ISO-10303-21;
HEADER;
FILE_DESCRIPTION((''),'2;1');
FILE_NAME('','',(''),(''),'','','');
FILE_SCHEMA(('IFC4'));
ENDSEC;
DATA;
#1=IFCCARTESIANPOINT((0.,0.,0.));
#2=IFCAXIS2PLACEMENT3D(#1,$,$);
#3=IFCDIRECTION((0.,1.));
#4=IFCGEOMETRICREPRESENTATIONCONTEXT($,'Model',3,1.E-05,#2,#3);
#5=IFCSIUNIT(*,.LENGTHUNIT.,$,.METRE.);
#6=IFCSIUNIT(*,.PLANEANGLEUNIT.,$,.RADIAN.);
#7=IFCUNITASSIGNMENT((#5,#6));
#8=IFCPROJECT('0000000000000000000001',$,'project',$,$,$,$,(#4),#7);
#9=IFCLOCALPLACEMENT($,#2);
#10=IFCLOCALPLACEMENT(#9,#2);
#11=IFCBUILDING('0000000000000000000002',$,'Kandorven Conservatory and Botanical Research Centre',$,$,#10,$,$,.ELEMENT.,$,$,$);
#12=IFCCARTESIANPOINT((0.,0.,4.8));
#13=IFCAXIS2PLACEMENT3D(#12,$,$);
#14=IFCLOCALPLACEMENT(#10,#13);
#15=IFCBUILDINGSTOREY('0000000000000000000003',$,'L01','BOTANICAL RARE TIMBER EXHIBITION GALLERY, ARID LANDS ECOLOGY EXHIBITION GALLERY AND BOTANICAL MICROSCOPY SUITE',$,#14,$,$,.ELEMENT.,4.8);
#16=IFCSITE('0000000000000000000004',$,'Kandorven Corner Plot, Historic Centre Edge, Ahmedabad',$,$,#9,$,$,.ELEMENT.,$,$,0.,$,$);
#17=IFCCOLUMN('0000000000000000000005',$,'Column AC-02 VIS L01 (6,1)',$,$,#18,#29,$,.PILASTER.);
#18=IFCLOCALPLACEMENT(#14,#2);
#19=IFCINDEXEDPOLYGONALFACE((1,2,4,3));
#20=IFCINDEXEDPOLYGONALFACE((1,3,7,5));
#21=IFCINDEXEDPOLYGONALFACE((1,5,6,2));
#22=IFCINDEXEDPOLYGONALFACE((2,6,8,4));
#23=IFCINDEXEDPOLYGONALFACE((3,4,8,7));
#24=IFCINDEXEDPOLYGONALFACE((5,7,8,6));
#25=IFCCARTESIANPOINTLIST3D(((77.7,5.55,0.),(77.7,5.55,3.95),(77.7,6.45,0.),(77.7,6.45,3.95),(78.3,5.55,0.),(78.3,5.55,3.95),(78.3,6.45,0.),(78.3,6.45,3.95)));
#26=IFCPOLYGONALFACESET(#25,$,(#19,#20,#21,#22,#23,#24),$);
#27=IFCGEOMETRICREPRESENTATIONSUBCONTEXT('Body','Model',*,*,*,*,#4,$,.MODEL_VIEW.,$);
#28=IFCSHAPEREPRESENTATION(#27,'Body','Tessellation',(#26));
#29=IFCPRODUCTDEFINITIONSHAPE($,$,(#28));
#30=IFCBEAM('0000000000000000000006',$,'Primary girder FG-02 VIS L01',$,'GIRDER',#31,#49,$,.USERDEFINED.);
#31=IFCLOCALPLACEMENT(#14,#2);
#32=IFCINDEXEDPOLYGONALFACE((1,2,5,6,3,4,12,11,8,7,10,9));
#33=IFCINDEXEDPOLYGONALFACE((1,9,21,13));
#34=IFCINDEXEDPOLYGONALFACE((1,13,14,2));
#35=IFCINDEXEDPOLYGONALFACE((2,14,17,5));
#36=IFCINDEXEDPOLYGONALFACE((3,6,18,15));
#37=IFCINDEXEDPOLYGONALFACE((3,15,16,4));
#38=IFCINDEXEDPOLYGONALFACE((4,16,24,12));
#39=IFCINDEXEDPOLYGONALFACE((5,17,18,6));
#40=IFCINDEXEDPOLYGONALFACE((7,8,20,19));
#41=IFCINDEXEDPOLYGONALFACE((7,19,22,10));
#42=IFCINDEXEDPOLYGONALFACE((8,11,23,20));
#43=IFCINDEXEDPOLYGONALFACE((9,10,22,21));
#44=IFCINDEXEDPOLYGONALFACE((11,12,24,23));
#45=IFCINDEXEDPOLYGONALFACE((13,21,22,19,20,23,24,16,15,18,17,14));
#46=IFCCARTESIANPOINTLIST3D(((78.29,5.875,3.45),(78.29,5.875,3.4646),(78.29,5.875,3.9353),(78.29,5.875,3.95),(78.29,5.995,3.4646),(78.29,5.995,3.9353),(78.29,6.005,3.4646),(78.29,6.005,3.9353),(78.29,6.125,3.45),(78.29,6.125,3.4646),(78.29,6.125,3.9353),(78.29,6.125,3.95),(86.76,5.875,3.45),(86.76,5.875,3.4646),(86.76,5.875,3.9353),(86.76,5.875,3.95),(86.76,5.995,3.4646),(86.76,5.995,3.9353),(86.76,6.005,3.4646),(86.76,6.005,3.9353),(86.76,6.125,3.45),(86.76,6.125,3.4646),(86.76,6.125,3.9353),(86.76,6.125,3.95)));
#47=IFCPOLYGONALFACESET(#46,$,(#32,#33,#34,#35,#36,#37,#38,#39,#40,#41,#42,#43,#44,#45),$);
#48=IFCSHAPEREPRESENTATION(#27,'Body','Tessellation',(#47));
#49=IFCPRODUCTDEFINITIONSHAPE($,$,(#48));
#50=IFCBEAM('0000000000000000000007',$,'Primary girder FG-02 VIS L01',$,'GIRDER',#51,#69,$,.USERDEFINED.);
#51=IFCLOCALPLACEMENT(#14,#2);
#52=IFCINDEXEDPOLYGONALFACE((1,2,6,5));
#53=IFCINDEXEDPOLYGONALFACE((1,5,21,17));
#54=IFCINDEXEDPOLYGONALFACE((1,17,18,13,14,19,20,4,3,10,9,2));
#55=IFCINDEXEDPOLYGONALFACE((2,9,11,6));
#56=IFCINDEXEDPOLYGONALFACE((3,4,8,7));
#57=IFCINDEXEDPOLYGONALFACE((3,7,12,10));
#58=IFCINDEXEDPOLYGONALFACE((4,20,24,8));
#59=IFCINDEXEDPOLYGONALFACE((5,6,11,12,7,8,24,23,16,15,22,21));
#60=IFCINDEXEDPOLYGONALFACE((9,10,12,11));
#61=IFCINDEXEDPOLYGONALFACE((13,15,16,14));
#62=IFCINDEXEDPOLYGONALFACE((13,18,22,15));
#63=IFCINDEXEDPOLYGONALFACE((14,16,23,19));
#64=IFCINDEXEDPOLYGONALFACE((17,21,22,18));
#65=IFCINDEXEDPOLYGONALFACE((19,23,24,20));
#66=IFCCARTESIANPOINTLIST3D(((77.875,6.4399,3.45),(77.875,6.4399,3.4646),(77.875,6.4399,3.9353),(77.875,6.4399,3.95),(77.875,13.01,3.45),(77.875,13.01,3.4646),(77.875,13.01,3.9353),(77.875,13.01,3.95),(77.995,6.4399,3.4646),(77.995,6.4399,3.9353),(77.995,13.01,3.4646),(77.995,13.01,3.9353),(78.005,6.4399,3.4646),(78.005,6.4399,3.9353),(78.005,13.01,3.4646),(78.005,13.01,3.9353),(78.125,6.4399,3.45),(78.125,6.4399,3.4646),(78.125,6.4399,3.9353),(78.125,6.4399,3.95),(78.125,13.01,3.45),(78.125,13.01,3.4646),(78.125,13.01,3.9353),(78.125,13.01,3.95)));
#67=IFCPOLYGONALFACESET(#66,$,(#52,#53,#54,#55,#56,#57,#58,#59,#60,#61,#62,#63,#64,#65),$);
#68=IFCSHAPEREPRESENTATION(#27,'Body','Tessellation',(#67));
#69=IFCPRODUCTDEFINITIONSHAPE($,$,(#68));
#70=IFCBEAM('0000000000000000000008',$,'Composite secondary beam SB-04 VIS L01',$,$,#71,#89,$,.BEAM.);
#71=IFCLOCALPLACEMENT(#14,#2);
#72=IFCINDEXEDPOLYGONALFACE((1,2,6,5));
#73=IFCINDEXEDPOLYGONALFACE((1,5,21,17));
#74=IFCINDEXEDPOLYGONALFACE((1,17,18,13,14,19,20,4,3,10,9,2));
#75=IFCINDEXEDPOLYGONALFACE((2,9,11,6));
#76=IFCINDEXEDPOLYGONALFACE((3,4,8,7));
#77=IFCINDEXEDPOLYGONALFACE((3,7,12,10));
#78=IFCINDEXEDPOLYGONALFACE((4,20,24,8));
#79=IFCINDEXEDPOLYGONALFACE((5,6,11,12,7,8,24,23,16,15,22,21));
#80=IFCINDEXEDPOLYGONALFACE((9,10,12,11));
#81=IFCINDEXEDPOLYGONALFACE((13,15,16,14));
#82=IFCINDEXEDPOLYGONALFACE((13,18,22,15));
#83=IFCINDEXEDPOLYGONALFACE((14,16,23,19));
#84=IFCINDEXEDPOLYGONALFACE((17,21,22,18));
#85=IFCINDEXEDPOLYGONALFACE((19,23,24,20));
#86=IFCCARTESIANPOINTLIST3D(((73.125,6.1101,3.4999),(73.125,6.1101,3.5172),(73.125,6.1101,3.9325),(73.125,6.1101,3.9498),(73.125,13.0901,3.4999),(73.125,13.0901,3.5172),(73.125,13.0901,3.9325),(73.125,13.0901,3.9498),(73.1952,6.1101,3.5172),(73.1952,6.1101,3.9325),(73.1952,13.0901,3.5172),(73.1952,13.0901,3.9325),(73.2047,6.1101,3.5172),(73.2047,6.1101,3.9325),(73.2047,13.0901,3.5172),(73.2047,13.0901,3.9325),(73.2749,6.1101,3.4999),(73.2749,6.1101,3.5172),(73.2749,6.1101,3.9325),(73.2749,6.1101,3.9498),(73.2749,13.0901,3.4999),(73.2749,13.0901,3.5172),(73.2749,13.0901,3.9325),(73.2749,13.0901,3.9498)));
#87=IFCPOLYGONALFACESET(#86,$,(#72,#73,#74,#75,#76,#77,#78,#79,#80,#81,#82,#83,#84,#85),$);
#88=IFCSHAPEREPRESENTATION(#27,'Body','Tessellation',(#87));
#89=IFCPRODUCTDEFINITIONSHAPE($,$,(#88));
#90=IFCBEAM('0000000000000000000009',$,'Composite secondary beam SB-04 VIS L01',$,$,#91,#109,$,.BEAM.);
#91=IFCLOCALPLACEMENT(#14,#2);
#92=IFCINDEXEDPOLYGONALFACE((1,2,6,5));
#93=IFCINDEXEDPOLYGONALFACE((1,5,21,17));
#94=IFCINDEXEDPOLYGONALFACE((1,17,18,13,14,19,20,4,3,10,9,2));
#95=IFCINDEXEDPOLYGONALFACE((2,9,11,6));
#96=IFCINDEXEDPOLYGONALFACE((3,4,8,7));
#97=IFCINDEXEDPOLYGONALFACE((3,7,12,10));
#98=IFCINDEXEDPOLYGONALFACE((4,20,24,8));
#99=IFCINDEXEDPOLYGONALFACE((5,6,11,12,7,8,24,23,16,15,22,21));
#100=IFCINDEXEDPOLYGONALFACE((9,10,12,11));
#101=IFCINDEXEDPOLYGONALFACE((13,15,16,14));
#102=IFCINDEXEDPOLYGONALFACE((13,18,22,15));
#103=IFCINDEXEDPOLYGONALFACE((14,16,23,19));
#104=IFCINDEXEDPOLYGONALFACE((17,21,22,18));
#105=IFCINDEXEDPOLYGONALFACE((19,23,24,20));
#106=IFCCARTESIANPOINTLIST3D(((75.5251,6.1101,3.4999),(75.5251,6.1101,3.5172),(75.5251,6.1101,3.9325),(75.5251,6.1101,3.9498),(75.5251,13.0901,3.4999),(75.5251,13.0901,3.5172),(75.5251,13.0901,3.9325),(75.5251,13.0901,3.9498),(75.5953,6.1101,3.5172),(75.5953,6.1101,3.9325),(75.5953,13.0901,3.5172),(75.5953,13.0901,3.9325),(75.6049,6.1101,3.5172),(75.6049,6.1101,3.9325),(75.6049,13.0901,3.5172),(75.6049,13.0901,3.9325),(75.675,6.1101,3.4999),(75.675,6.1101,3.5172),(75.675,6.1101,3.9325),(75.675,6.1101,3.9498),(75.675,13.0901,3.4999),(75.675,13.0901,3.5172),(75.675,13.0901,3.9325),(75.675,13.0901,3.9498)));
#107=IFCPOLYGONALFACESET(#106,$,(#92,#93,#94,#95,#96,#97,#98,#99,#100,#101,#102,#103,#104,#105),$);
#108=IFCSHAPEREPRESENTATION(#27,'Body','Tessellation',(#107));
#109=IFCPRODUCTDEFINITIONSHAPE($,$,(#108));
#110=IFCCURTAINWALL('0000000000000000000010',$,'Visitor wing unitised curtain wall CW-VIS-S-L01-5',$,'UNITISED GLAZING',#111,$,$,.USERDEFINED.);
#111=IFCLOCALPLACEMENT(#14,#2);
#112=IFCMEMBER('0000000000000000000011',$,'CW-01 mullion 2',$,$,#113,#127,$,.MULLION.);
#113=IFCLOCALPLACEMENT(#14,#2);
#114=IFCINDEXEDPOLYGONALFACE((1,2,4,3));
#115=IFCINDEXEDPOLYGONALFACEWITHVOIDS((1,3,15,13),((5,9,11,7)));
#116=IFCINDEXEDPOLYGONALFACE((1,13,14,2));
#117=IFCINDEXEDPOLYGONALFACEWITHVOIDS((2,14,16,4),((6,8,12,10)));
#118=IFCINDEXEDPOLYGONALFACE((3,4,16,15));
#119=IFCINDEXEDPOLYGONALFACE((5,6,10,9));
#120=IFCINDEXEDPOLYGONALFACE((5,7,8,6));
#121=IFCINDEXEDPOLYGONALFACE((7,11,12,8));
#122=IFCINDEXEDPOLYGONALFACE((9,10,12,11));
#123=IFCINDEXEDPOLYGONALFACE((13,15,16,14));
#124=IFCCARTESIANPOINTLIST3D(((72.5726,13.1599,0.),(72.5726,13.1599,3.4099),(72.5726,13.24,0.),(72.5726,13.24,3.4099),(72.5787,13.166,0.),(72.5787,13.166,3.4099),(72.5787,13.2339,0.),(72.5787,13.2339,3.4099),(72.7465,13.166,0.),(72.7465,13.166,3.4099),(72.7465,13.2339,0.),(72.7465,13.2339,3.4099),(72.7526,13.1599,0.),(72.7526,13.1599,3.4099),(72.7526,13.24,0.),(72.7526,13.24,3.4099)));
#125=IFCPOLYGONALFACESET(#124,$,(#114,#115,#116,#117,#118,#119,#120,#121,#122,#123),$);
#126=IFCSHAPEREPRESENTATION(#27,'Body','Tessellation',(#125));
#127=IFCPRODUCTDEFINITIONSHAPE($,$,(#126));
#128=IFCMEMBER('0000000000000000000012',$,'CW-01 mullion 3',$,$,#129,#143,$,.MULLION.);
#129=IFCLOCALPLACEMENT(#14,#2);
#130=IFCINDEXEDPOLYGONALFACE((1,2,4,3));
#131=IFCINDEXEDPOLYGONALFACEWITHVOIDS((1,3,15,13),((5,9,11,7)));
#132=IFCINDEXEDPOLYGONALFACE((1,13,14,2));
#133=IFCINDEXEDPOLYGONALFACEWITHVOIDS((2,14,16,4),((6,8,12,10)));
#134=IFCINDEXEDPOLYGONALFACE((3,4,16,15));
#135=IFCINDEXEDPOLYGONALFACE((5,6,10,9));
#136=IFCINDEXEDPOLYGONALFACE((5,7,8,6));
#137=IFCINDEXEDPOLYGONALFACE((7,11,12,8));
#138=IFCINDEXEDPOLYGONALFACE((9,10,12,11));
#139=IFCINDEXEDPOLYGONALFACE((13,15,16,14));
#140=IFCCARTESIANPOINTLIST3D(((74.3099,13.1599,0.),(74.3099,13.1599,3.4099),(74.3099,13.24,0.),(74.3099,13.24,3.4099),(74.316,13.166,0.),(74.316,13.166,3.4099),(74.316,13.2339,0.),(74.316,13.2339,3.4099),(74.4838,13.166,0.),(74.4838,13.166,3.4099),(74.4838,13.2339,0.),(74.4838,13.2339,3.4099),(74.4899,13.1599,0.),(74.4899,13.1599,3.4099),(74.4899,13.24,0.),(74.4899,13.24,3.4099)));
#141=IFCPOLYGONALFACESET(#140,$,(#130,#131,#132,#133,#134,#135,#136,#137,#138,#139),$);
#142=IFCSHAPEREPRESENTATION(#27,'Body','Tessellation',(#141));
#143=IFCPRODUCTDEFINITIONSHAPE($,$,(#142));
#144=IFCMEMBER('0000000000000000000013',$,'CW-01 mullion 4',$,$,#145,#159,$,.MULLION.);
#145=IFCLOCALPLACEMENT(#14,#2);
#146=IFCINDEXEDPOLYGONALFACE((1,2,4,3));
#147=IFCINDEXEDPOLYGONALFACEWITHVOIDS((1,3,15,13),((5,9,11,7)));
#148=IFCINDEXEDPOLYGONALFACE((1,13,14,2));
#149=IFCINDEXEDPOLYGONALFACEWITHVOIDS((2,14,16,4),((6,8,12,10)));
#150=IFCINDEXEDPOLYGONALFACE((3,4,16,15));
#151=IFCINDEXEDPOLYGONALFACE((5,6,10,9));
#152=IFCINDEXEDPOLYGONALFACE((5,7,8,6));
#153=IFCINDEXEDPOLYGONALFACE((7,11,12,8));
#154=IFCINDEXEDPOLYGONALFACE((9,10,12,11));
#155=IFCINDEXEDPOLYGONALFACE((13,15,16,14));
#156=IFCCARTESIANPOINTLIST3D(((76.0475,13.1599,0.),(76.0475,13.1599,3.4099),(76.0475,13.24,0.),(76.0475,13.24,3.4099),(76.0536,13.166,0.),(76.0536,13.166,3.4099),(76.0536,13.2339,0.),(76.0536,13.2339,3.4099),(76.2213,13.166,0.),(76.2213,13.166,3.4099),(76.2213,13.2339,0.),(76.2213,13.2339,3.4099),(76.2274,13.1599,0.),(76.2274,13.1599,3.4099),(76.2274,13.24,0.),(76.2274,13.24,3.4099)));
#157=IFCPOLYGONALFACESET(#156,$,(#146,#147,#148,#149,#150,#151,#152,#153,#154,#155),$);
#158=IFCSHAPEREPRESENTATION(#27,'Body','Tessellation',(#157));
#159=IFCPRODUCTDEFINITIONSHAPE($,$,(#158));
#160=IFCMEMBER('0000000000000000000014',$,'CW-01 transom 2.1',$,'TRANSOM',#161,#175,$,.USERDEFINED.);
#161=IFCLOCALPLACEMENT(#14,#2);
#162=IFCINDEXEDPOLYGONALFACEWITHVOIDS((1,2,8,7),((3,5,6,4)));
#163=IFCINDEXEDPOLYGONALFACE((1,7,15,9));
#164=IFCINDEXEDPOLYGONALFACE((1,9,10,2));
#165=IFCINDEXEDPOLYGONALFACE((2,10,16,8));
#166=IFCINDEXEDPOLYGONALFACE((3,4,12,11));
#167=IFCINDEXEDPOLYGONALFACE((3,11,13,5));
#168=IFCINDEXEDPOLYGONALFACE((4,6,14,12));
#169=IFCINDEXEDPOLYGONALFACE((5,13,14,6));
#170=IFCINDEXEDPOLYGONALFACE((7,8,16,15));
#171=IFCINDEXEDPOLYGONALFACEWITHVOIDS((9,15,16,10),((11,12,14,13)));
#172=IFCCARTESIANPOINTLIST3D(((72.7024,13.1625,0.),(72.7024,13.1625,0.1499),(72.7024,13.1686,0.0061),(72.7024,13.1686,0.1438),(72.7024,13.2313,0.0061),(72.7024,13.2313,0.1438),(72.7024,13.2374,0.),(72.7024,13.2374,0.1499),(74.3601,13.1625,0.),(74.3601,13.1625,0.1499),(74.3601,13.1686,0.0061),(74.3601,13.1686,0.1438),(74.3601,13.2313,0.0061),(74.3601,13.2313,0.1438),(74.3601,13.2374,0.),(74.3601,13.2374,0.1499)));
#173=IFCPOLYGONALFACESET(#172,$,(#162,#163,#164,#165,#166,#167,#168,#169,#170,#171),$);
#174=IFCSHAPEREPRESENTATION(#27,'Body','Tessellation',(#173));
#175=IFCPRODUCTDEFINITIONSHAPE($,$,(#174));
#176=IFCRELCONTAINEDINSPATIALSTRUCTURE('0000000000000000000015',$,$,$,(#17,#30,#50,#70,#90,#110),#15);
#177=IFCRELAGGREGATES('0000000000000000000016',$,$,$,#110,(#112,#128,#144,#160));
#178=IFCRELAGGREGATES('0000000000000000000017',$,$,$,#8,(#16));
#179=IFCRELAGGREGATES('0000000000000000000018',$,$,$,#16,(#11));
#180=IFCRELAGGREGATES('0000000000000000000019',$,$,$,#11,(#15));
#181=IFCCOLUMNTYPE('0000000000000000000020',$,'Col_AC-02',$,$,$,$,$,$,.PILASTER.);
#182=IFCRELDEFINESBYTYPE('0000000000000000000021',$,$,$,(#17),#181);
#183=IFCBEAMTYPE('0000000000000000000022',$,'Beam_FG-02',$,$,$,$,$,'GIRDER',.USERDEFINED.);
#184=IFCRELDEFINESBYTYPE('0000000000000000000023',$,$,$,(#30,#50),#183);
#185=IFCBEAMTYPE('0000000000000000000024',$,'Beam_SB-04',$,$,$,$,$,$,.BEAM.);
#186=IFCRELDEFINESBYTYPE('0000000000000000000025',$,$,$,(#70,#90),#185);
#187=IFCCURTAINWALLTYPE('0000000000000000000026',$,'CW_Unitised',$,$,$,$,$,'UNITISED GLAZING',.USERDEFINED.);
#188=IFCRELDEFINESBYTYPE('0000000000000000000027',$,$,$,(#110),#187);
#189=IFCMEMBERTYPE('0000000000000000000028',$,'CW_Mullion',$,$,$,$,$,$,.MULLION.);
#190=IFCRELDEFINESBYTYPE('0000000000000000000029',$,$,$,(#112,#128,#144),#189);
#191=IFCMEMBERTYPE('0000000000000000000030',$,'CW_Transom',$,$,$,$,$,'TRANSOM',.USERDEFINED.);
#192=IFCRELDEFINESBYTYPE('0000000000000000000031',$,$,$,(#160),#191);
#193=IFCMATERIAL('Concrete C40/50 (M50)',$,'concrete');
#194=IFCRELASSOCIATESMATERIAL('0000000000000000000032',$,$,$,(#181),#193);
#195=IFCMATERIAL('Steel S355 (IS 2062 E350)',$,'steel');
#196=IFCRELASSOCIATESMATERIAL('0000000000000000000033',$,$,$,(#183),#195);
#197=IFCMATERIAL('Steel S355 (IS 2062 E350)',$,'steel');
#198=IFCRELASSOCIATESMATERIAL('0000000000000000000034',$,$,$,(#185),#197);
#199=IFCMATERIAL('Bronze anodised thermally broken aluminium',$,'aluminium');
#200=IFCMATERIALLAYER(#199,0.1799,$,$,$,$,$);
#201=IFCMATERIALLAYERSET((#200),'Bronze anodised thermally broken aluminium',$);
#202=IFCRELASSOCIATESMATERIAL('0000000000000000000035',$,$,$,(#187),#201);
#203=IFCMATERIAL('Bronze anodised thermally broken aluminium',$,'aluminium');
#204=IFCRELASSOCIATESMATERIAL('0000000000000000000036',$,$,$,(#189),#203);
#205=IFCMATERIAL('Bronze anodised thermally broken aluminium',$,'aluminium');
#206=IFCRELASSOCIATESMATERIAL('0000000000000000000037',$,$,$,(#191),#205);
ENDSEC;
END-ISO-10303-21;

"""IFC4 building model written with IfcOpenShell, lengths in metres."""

from ifc_helpers import new_model, si_unit, direction, frame, origin, origin_2d, place, context, subcontext, project, spatial, rectangle, hollow_rectangle, i_section, extrude, material, layer, layer_set, material_profile, profile_set, type_object, element, aggregate, save


model = new_model("IFC4")

# Units and contexts
model_context = context("Model", 3, precision=1e-05, world=origin(), true_north=direction((0.0, 1.0)))
body_context = subcontext(model_context, "Body", "Model", "MODEL_VIEW")
ifc_project = project(units=[si_unit("LENGTHUNIT", "METRE"), si_unit("PLANEANGLEUNIT", "RADIAN")], contexts=[model_context])

# Site, building, storey
site_placement = place(None, origin())
site = spatial("IfcSite", under=ifc_project, at=site_placement, Name="Kandorven Corner Plot, Historic Centre Edge, Ahmedabad", CompositionType="ELEMENT", RefElevation=0.0)
building_placement = place(site_placement, origin())
building = spatial("IfcBuilding", under=site, at=building_placement, Name="Kandorven Conservatory and Botanical Research Centre", CompositionType="ELEMENT")
storey_placement = place(building_placement, frame((0.0, 0.0, 4.8)))
storey = spatial("IfcBuildingStorey", under=building, at=storey_placement, Name="L01", Description="BOTANICAL RARE TIMBER EXHIBITION GALLERY, ARID LANDS ECOLOGY EXHIBITION GALLERY AND BOTANICAL MICROSCOPY SUITE", CompositionType="ELEMENT", Elevation=4.8)

# Column
ifc_material_1 = material(Name="Concrete C40/50 (M50)", Category="concrete")
ifc_material_profile_1 = material_profile(ifc_material_1, rectangle(XDim=0.6001, YDim=0.8999, at=origin_2d()))
ifc_profile_set_1 = profile_set([ifc_material_profile_1], Name="Concrete C40/50 (M50)")
column_type = type_object("IfcColumnType", Name="Col_AC-02", PredefinedType="PILASTER", material=ifc_profile_set_1)
column_placement = place(storey_placement, frame((78.0, 6.0, 0.0), z_axis=(0.0, 0.0, 1.0), x_axis=(1.0, 0.0, 0.0)))
element("IfcColumn", 1, at=column_placement, inside=storey, type_object=column_type, Name="Column AC-02 VIS L01 (6,1)", PredefinedType="PILASTER", context=body_context, shape_type="SweptSolid", body=[
    extrude(rectangle(XDim=0.6001, YDim=0.8999, at=origin_2d()), origin(), (0.0, 0.0, 1.0), 3.95),
])

# Beams
ifc_material_2 = material(Name="Steel S355 (IS 2062 E350)", Category="steel")
ifc_material_profile_2 = material_profile(ifc_material_2, i_section(OverallWidth=0.25, OverallDepth=0.5, WebThickness=0.01, FlangeThickness=0.0146, at=origin_2d()))
ifc_profile_set_2 = profile_set([ifc_material_profile_2], Name="Steel S355 (IS 2062 E350)")
beam_type_1 = type_object("IfcBeamType", Name="Beam_FG-02", ElementType="GIRDER", PredefinedType="USERDEFINED", material=ifc_profile_set_2)
beam_1_placement = place(storey_placement, frame((78.29, 6.0, 3.7), z_axis=(1.0, 0.0, 0.0), x_axis=(0.0, 1.0, 0.0)))
element("IfcBeam", 2, at=beam_1_placement, inside=storey, type_object=beam_type_1, Name="Primary girder FG-02 VIS L01", ObjectType="GIRDER", PredefinedType="USERDEFINED", context=body_context, shape_type="SweptSolid", body=[
    extrude(i_section(OverallWidth=0.25, OverallDepth=0.5, WebThickness=0.01, FlangeThickness=0.0146, at=origin_2d()), origin(), (0.0, 0.0, 1.0), 8.47),
])
beam_2_placement = place(storey_placement, frame((78.0, 6.4399, 3.7), z_axis=(0.0, 1.0, 0.0), x_axis=(-1.0, 0.0, 0.0)))
element("IfcBeam", 3, at=beam_2_placement, inside=storey, type_object=beam_type_1, Name="Primary girder FG-02 VIS L01", ObjectType="GIRDER", PredefinedType="USERDEFINED", context=body_context, shape_type="SweptSolid", body=[
    extrude(i_section(OverallWidth=0.25, OverallDepth=0.5, WebThickness=0.01, FlangeThickness=0.0146, at=origin_2d()), origin(), (0.0, 0.0, 1.0), 6.5701),
])
ifc_material_3 = material(Name="Steel S355 (IS 2062 E350)", Category="steel")
ifc_material_profile_3 = material_profile(ifc_material_3, i_section(OverallWidth=0.1499, OverallDepth=0.45, WebThickness=0.0095, FlangeThickness=0.0173, at=origin_2d()))
ifc_profile_set_3 = profile_set([ifc_material_profile_3], Name="Steel S355 (IS 2062 E350)")
beam_type_2 = type_object("IfcBeamType", Name="Beam_SB-04", PredefinedType="BEAM", material=ifc_profile_set_3)
for number, where, z_axis, x_axis, name in (
    (4, (73.2, 6.1101, 3.7249), (0.0, 1.0, 0.0), (-1.0, 0.0, 0.0), "Composite secondary beam SB-04 VIS L01"),
    (5, (75.6001, 6.1101, 3.7249), (0.0, 1.0, 0.0), (-1.0, 0.0, 0.0), "Composite secondary beam SB-04 VIS L01"),
):
    element("IfcBeam", number, at=place(storey_placement, frame(where, z_axis=z_axis, x_axis=x_axis)), inside=storey, type_object=beam_type_2, Name=name, PredefinedType="BEAM", context=body_context, shape_type="SweptSolid", body=[
        extrude(i_section(OverallWidth=0.1499, OverallDepth=0.45, WebThickness=0.0095, FlangeThickness=0.0173, at=origin_2d()), origin(), (0.0, 0.0, 1.0), 6.98),
    ])

# Curtain wall, members
ifc_material_4 = material(Name="Bronze anodised thermally broken aluminium", Category="aluminium")
ifc_layer_1 = layer(ifc_material_4, 0.1799)
ifc_layer_set_1 = layer_set([ifc_layer_1], Name="Bronze anodised thermally broken aluminium")
curtain_wall_type = type_object("IfcCurtainWallType", Name="CW_Unitised", ElementType="UNITISED GLAZING", PredefinedType="USERDEFINED", material=ifc_layer_set_1)
curtain_wall_placement = place(storey_placement, origin())
curtain_wall = element("IfcCurtainWall", 6, at=curtain_wall_placement, inside=storey, type_object=curtain_wall_type, Name="Visitor wing unitised curtain wall CW-VIS-S-L01-5", ObjectType="UNITISED GLAZING", PredefinedType="USERDEFINED")
ifc_material_5 = material(Name="Bronze anodised thermally broken aluminium", Category="aluminium")
ifc_material_profile_4 = material_profile(ifc_material_5, hollow_rectangle(XDim=0.0801, YDim=0.1799, WallThickness=0.0061, at=origin_2d()))
ifc_profile_set_4 = profile_set([ifc_material_profile_4], Name="Bronze anodised thermally broken aluminium")
member_type_1 = type_object("IfcMemberType", Name="CW_Mullion", PredefinedType="MULLION", material=ifc_profile_set_4)
member_1_placement = place(storey_placement, frame((72.6626, 13.2, 0.0), z_axis=(0.0, 0.0, 1.0), x_axis=(0.0, 1.0, 0.0)))
member_1 = element("IfcMember", 7, at=member_1_placement, type_object=member_type_1, Name="CW-01 mullion 2", PredefinedType="MULLION", context=body_context, shape_type="SweptSolid", body=[
    extrude(hollow_rectangle(XDim=0.0801, YDim=0.1799, WallThickness=0.0061, at=origin_2d()), origin(), (0.0, 0.0, 1.0), 3.4099),
])
member_2_placement = place(storey_placement, frame((74.3999, 13.2, 0.0), z_axis=(0.0, 0.0, 1.0), x_axis=(0.0, 1.0, 0.0)))
member_2 = element("IfcMember", 8, at=member_2_placement, type_object=member_type_1, Name="CW-01 mullion 3", PredefinedType="MULLION", context=body_context, shape_type="SweptSolid", body=[
    extrude(hollow_rectangle(XDim=0.0801, YDim=0.1799, WallThickness=0.0061, at=origin_2d()), origin(), (0.0, 0.0, 1.0), 3.4099),
])
member_3_placement = place(storey_placement, frame((76.1375, 13.2, 0.0), z_axis=(0.0, 0.0, 1.0), x_axis=(0.0, 1.0, 0.0)))
member_3 = element("IfcMember", 9, at=member_3_placement, type_object=member_type_1, Name="CW-01 mullion 4", PredefinedType="MULLION", context=body_context, shape_type="SweptSolid", body=[
    extrude(hollow_rectangle(XDim=0.0801, YDim=0.1799, WallThickness=0.0061, at=origin_2d()), origin(), (0.0, 0.0, 1.0), 3.4099),
])
ifc_material_6 = material(Name="Bronze anodised thermally broken aluminium", Category="aluminium")
ifc_material_profile_5 = material_profile(ifc_material_6, hollow_rectangle(XDim=0.075, YDim=0.1499, WallThickness=0.0061, at=origin_2d()))
ifc_profile_set_5 = profile_set([ifc_material_profile_5], Name="Bronze anodised thermally broken aluminium")
member_type_2 = type_object("IfcMemberType", Name="CW_Transom", ElementType="TRANSOM", PredefinedType="USERDEFINED", material=ifc_profile_set_5)
member_4_placement = place(storey_placement, frame((72.7024, 13.2, 0.075), z_axis=(1.0, 0.0, 0.0), x_axis=(0.0, 1.0, 0.0)))
member_4 = element("IfcMember", 10, at=member_4_placement, type_object=member_type_2, Name="CW-01 transom 2.1", ObjectType="TRANSOM", PredefinedType="USERDEFINED", context=body_context, shape_type="SweptSolid", body=[
    extrude(hollow_rectangle(XDim=0.075, YDim=0.1499, WallThickness=0.0061, at=origin_2d()), origin(), (0.0, 0.0, 1.0), 1.6577),
])
aggregate(curtain_wall, [member_1, member_2, member_3, member_4])

save(model, "model.ifc")
